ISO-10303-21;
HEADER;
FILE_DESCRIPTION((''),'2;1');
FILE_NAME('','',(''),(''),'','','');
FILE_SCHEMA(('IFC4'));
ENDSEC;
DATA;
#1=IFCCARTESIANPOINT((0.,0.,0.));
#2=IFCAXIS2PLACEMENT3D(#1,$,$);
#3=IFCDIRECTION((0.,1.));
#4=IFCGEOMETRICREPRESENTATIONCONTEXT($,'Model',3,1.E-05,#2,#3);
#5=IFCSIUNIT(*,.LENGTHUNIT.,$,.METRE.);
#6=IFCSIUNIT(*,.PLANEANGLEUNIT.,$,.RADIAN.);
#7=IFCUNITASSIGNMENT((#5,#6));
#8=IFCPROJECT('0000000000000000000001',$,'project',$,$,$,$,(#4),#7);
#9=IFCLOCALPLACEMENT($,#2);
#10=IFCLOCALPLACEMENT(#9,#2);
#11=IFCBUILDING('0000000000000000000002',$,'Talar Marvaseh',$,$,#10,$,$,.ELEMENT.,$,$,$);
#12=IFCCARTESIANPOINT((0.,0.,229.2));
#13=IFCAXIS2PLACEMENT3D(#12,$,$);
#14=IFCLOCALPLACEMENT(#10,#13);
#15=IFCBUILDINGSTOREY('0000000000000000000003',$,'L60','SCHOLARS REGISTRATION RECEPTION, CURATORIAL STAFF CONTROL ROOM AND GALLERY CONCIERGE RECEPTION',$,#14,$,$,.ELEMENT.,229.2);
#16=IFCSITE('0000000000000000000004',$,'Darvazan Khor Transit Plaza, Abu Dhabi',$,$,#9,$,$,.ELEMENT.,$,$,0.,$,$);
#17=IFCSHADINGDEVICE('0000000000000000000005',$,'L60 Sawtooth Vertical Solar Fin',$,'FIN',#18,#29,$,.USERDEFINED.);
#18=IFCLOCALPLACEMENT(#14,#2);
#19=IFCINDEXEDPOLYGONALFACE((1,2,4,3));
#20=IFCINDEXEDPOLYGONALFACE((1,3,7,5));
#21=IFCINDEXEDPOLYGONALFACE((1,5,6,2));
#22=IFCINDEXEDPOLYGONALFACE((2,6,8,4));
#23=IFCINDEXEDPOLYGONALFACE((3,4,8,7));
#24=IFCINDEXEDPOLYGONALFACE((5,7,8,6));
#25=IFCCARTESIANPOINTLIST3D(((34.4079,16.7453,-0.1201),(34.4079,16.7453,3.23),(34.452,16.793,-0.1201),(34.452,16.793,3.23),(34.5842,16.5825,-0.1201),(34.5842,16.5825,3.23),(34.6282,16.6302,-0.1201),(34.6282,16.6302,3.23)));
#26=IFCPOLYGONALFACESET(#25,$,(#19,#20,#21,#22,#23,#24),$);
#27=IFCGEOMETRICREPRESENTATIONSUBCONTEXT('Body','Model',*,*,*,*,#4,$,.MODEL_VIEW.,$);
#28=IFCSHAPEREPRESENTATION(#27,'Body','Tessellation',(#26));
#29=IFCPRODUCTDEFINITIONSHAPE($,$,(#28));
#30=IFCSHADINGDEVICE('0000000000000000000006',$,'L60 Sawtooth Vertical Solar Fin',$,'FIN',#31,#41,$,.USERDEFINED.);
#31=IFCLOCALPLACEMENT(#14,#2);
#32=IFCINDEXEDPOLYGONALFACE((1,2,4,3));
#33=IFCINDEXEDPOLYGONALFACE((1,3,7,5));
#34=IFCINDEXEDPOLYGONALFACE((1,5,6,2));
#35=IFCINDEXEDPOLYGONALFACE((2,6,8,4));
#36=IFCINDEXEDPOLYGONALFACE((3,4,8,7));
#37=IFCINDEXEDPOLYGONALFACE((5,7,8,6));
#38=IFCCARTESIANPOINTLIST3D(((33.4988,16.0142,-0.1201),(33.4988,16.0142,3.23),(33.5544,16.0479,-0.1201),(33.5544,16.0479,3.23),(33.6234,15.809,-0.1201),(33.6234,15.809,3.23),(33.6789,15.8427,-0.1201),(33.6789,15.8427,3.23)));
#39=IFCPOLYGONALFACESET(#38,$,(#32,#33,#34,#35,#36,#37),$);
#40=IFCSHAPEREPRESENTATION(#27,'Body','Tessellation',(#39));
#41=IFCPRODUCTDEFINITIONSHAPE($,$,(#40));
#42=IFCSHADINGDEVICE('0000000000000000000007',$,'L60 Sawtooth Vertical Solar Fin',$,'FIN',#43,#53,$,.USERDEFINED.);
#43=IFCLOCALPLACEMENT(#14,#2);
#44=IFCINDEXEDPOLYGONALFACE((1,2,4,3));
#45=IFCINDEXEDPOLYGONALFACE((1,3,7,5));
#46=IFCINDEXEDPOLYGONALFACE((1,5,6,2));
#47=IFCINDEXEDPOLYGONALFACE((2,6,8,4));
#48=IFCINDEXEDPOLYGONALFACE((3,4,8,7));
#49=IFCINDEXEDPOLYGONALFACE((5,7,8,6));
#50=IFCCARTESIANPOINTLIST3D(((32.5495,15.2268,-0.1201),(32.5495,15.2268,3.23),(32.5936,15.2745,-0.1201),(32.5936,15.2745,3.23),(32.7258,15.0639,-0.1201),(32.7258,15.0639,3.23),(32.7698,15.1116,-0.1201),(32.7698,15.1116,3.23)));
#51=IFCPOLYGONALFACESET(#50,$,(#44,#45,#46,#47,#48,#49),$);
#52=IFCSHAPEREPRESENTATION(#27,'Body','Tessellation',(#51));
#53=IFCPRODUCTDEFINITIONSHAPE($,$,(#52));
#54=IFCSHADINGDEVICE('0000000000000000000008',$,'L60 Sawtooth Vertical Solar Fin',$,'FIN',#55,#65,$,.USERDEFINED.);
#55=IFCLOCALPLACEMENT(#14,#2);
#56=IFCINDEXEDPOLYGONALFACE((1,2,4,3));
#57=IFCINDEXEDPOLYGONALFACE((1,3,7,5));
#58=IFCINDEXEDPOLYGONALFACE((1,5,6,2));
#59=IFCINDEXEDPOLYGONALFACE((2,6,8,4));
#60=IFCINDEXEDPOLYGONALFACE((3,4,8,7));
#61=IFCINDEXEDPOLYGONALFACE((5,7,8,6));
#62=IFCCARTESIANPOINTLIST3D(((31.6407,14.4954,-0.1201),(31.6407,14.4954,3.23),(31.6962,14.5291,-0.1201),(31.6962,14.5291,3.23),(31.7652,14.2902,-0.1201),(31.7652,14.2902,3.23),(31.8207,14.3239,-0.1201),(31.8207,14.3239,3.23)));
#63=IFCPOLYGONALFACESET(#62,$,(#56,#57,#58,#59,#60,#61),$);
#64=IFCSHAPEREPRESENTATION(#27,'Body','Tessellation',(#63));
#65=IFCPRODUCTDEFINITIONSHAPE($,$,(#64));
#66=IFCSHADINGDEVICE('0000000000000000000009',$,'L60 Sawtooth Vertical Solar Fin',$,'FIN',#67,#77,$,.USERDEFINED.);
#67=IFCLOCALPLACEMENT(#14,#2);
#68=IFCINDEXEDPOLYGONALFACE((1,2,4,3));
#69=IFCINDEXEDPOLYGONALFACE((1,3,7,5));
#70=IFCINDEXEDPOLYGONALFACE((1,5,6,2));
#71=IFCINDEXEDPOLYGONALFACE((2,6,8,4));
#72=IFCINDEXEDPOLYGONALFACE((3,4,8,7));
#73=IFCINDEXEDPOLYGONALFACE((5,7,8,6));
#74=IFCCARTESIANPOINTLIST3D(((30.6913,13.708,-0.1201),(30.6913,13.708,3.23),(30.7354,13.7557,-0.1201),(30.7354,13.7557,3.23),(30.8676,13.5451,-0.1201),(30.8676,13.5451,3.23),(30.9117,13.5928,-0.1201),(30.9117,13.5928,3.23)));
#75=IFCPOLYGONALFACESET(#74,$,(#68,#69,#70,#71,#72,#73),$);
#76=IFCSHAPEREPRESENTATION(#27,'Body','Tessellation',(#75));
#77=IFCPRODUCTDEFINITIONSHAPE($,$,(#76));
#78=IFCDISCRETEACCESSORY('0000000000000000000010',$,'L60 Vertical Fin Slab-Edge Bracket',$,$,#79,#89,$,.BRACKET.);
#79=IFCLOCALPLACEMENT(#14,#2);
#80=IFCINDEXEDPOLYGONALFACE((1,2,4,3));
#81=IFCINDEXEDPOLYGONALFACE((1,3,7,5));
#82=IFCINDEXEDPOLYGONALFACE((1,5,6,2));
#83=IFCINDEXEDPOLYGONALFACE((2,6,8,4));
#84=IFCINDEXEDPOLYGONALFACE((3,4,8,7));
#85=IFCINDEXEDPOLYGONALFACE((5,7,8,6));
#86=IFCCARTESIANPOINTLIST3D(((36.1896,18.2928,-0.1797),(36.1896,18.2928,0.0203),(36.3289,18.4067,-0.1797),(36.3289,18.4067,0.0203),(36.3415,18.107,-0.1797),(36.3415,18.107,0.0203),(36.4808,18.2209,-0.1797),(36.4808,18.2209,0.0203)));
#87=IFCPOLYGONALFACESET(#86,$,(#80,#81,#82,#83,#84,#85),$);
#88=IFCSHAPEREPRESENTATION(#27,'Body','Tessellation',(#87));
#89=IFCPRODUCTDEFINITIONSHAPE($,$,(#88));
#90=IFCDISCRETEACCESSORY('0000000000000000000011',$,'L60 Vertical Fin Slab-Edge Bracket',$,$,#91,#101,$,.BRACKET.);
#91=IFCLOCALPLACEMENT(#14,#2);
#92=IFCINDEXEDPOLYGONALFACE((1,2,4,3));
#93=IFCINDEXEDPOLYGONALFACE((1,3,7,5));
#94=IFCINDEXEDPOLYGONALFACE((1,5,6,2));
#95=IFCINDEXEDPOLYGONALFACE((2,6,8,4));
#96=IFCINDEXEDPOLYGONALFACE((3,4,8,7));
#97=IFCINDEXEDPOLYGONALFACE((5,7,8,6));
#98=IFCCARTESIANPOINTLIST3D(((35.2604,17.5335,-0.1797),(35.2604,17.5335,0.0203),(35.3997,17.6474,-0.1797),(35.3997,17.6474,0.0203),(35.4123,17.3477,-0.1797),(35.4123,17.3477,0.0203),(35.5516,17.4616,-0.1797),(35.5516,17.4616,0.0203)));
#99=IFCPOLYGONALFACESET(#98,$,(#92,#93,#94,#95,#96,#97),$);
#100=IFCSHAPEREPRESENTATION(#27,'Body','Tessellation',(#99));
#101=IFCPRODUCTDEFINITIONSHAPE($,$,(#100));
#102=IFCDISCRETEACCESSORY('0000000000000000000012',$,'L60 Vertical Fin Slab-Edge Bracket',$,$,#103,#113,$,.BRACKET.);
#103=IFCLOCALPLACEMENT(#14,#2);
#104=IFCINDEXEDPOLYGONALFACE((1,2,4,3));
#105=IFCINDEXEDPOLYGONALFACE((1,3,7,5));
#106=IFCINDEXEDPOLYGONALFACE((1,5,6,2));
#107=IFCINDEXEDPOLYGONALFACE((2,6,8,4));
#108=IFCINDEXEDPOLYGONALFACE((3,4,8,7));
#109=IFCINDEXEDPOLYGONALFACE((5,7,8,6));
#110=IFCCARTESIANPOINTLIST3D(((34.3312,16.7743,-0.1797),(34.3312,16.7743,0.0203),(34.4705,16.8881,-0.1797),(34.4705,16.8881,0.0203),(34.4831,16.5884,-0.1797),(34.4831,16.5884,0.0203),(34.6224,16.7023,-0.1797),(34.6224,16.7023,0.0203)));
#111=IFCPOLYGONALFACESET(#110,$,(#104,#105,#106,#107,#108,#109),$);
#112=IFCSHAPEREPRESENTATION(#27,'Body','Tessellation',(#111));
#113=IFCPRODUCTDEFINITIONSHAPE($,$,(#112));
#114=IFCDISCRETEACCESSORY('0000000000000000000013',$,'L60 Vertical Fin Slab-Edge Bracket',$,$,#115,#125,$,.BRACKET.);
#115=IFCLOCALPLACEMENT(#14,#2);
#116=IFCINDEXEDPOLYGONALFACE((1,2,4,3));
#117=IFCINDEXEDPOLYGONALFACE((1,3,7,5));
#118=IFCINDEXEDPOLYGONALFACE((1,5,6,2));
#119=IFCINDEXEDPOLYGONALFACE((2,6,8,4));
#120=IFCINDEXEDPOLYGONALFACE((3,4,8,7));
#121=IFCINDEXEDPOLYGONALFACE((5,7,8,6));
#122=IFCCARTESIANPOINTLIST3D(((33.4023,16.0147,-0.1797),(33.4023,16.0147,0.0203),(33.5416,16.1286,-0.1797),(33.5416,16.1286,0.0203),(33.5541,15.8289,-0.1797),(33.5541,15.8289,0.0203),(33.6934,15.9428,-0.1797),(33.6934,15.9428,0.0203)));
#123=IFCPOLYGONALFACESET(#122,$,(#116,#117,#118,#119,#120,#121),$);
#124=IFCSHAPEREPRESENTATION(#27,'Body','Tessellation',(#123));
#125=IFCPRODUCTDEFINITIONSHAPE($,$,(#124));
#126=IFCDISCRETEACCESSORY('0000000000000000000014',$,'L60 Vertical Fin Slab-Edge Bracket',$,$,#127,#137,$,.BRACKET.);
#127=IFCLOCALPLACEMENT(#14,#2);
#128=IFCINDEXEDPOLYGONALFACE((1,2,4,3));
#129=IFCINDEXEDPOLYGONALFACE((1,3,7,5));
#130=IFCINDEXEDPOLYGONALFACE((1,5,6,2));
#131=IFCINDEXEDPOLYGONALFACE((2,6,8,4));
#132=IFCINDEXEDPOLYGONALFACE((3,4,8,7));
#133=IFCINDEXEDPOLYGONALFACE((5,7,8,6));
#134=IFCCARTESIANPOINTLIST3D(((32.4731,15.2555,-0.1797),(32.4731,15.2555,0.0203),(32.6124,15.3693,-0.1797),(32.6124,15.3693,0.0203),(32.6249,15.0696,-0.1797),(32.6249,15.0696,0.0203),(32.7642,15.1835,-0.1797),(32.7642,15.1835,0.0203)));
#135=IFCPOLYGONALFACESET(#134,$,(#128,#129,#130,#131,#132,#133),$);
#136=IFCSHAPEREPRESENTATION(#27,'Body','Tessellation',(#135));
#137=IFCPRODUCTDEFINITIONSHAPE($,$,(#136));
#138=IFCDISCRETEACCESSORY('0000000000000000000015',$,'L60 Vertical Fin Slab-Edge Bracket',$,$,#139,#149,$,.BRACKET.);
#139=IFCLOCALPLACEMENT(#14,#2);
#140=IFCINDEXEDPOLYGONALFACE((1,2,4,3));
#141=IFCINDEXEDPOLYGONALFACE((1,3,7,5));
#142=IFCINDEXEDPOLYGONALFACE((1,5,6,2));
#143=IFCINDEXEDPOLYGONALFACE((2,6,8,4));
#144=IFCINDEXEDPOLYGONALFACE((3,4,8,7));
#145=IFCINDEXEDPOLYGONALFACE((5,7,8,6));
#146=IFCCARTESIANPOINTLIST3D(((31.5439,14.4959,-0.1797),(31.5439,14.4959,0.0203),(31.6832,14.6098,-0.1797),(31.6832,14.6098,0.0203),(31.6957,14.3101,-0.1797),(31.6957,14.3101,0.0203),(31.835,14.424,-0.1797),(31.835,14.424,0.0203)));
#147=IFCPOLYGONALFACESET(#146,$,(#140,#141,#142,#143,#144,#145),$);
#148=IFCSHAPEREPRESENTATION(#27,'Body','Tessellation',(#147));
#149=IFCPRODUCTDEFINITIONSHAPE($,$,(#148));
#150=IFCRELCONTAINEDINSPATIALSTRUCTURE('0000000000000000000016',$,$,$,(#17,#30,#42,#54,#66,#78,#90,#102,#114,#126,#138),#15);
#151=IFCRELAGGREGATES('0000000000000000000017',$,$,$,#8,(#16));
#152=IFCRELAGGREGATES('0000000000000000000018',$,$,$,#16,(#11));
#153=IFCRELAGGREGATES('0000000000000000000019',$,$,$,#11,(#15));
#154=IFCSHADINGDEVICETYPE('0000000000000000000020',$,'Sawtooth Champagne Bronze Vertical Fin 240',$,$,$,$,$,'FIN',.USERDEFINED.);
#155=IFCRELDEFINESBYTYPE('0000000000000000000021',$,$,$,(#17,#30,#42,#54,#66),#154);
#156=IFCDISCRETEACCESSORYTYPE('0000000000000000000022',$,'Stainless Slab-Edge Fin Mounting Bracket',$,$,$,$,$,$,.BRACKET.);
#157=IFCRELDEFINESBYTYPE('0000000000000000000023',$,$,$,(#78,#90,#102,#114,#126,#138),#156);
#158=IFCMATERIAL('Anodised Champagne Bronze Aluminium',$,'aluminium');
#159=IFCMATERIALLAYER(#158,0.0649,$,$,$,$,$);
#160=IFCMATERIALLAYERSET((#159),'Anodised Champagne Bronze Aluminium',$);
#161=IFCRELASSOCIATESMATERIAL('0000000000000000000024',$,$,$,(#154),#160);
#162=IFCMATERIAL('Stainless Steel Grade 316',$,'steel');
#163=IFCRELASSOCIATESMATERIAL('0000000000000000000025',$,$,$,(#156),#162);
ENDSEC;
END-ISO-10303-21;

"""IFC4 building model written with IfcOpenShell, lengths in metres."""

from ifc_helpers import new_model, si_unit, direction, frame, origin, origin_2d, place, context, subcontext, project, spatial, rectangle, extrude, source, transform, mapped, material, layer, layer_set, type_object, type_shapes, element, save


model = new_model("IFC4")

# Units and contexts
model_context = context("Model", 3, precision=1e-05, world=origin(), true_north=direction((0.0, 1.0)))
body_context = subcontext(model_context, "Body", "Model", "MODEL_VIEW")
ifc_project = project(units=[si_unit("LENGTHUNIT", "METRE"), si_unit("PLANEANGLEUNIT", "RADIAN")], contexts=[model_context])

# Site, building, storey
site_placement = place(None, origin())
site = spatial("IfcSite", under=ifc_project, at=site_placement, Name="Darvazan Khor Transit Plaza, Abu Dhabi", CompositionType="ELEMENT", RefElevation=0.0)
building_placement = place(site_placement, origin())
building = spatial("IfcBuilding", under=site, at=building_placement, Name="Talar Marvaseh", CompositionType="ELEMENT")
storey_placement = place(building_placement, frame((0.0, 0.0, 229.2)))
storey = spatial("IfcBuildingStorey", under=building, at=storey_placement, Name="L60", Description="SCHOLARS REGISTRATION RECEPTION, CURATORIAL STAFF CONTROL ROOM AND GALLERY CONCIERGE RECEPTION", CompositionType="ELEMENT", Elevation=229.2)

# Shading devices
ifc_material_1 = material(Name="Anodised Champagne Bronze Aluminium", Category="aluminium")
ifc_layer_1 = layer(ifc_material_1, 0.0649)
ifc_layer_set_1 = layer_set([ifc_layer_1], Name="Anodised Champagne Bronze Aluminium")
shading_device_type = type_object("IfcShadingDeviceType", Name="Sawtooth Champagne Bronze Vertical Fin 240", ElementType="FIN", PredefinedType="USERDEFINED", material=ifc_layer_set_1)
shared_shape_1 = source(origin(), body_context, "Body", "SweptSolid", [
    extrude(rectangle(XDim=0.24, YDim=0.0649, at=origin_2d()), origin(), (0.0, 0.0, 1.0), 3.3501),
])
type_shapes(shading_device_type, [shared_shape_1])
for number, where, z_axis, x_axis, name in (
    (1, (34.5181, 16.6877, -0.1201), (0.0, 0.0, 1.0), (0.734441, -0.678673, 0.0), "L60 Sawtooth Vertical Solar Fin"),
    (2, (33.5889, 15.9285, -0.1201), (0.0, 0.0, 1.0), (0.518922, -0.854821, 0.0), "L60 Sawtooth Vertical Solar Fin"),
    (3, (32.6597, 15.1692, -0.1201), (0.0, 0.0, 1.0), (0.734441, -0.678673, 0.0), "L60 Sawtooth Vertical Solar Fin"),
    (4, (31.7307, 14.4097, -0.1201), (0.0, 0.0, 1.0), (0.518922, -0.854821, 0.0), "L60 Sawtooth Vertical Solar Fin"),
    (5, (30.8015, 13.6504, -0.1201), (0.0, 0.0, 1.0), (0.734441, -0.678673, 0.0), "L60 Sawtooth Vertical Solar Fin"),
):
    element("IfcShadingDevice", number, at=place(storey_placement, frame(where, z_axis=z_axis, x_axis=x_axis)), inside=storey, type_object=shading_device_type, Name=name, ObjectType="FIN", PredefinedType="USERDEFINED", context=body_context, shape_type="MappedRepresentation", body=[
        mapped(shared_shape_1, transform((0.0, 0.0, 0.0), x_axis=(1.0, 0.0, 0.0), y_axis=(0.0, 1.0, 0.0), z_axis=(0.0, 0.0, 1.0), scale=1.0)),
    ])

# Discrete accessories
ifc_material_2 = material(Name="Stainless Steel Grade 316", Category="steel")
discrete_accessory_type = type_object("IfcDiscreteAccessoryType", Name="Stainless Slab-Edge Fin Mounting Bracket", PredefinedType="BRACKET", material=ifc_material_2)
shared_shape_2 = source(origin(), body_context, "Body", "SweptSolid", [
    extrude(rectangle(XDim=0.24, YDim=0.1799, at=origin_2d()), origin(), (0.0, 0.0, 1.0), 0.2),
])
type_shapes(discrete_accessory_type, [shared_shape_2])
for number, where, z_axis, x_axis, name in (
    (6, (36.3352, 18.2568, -0.1797), (0.0, 0.0, 1.0), (0.63284, -0.774282, 0.0), "L60 Vertical Fin Slab-Edge Bracket"),
    (7, (35.406, 17.4976, -0.1797), (0.0, 0.0, 1.0), (0.63284, -0.774282, 0.0), "L60 Vertical Fin Slab-Edge Bracket"),
    (8, (34.4768, 16.7383, -0.1797), (0.0, 0.0, 1.0), (0.63284, -0.774282, 0.0), "L60 Vertical Fin Slab-Edge Bracket"),
    (9, (33.5479, 15.9788, -0.1797), (0.0, 0.0, 1.0), (0.63284, -0.774282, 0.0), "L60 Vertical Fin Slab-Edge Bracket"),
    (10, (32.6187, 15.2195, -0.1797), (0.0, 0.0, 1.0), (0.63284, -0.774282, 0.0), "L60 Vertical Fin Slab-Edge Bracket"),
    (11, (31.6895, 14.46, -0.1797), (0.0, 0.0, 1.0), (0.63284, -0.774282, 0.0), "L60 Vertical Fin Slab-Edge Bracket"),
):
    element("IfcDiscreteAccessory", number, at=place(storey_placement, frame(where, z_axis=z_axis, x_axis=x_axis)), inside=storey, type_object=discrete_accessory_type, Name=name, PredefinedType="BRACKET", context=body_context, shape_type="MappedRepresentation", body=[
        mapped(shared_shape_2, transform((0.0, 0.0, 0.0), x_axis=(1.0, 0.0, 0.0), y_axis=(0.0, 1.0, 0.0), z_axis=(0.0, 0.0, 1.0), scale=1.0)),
    ])

save(model, "model.ifc")
